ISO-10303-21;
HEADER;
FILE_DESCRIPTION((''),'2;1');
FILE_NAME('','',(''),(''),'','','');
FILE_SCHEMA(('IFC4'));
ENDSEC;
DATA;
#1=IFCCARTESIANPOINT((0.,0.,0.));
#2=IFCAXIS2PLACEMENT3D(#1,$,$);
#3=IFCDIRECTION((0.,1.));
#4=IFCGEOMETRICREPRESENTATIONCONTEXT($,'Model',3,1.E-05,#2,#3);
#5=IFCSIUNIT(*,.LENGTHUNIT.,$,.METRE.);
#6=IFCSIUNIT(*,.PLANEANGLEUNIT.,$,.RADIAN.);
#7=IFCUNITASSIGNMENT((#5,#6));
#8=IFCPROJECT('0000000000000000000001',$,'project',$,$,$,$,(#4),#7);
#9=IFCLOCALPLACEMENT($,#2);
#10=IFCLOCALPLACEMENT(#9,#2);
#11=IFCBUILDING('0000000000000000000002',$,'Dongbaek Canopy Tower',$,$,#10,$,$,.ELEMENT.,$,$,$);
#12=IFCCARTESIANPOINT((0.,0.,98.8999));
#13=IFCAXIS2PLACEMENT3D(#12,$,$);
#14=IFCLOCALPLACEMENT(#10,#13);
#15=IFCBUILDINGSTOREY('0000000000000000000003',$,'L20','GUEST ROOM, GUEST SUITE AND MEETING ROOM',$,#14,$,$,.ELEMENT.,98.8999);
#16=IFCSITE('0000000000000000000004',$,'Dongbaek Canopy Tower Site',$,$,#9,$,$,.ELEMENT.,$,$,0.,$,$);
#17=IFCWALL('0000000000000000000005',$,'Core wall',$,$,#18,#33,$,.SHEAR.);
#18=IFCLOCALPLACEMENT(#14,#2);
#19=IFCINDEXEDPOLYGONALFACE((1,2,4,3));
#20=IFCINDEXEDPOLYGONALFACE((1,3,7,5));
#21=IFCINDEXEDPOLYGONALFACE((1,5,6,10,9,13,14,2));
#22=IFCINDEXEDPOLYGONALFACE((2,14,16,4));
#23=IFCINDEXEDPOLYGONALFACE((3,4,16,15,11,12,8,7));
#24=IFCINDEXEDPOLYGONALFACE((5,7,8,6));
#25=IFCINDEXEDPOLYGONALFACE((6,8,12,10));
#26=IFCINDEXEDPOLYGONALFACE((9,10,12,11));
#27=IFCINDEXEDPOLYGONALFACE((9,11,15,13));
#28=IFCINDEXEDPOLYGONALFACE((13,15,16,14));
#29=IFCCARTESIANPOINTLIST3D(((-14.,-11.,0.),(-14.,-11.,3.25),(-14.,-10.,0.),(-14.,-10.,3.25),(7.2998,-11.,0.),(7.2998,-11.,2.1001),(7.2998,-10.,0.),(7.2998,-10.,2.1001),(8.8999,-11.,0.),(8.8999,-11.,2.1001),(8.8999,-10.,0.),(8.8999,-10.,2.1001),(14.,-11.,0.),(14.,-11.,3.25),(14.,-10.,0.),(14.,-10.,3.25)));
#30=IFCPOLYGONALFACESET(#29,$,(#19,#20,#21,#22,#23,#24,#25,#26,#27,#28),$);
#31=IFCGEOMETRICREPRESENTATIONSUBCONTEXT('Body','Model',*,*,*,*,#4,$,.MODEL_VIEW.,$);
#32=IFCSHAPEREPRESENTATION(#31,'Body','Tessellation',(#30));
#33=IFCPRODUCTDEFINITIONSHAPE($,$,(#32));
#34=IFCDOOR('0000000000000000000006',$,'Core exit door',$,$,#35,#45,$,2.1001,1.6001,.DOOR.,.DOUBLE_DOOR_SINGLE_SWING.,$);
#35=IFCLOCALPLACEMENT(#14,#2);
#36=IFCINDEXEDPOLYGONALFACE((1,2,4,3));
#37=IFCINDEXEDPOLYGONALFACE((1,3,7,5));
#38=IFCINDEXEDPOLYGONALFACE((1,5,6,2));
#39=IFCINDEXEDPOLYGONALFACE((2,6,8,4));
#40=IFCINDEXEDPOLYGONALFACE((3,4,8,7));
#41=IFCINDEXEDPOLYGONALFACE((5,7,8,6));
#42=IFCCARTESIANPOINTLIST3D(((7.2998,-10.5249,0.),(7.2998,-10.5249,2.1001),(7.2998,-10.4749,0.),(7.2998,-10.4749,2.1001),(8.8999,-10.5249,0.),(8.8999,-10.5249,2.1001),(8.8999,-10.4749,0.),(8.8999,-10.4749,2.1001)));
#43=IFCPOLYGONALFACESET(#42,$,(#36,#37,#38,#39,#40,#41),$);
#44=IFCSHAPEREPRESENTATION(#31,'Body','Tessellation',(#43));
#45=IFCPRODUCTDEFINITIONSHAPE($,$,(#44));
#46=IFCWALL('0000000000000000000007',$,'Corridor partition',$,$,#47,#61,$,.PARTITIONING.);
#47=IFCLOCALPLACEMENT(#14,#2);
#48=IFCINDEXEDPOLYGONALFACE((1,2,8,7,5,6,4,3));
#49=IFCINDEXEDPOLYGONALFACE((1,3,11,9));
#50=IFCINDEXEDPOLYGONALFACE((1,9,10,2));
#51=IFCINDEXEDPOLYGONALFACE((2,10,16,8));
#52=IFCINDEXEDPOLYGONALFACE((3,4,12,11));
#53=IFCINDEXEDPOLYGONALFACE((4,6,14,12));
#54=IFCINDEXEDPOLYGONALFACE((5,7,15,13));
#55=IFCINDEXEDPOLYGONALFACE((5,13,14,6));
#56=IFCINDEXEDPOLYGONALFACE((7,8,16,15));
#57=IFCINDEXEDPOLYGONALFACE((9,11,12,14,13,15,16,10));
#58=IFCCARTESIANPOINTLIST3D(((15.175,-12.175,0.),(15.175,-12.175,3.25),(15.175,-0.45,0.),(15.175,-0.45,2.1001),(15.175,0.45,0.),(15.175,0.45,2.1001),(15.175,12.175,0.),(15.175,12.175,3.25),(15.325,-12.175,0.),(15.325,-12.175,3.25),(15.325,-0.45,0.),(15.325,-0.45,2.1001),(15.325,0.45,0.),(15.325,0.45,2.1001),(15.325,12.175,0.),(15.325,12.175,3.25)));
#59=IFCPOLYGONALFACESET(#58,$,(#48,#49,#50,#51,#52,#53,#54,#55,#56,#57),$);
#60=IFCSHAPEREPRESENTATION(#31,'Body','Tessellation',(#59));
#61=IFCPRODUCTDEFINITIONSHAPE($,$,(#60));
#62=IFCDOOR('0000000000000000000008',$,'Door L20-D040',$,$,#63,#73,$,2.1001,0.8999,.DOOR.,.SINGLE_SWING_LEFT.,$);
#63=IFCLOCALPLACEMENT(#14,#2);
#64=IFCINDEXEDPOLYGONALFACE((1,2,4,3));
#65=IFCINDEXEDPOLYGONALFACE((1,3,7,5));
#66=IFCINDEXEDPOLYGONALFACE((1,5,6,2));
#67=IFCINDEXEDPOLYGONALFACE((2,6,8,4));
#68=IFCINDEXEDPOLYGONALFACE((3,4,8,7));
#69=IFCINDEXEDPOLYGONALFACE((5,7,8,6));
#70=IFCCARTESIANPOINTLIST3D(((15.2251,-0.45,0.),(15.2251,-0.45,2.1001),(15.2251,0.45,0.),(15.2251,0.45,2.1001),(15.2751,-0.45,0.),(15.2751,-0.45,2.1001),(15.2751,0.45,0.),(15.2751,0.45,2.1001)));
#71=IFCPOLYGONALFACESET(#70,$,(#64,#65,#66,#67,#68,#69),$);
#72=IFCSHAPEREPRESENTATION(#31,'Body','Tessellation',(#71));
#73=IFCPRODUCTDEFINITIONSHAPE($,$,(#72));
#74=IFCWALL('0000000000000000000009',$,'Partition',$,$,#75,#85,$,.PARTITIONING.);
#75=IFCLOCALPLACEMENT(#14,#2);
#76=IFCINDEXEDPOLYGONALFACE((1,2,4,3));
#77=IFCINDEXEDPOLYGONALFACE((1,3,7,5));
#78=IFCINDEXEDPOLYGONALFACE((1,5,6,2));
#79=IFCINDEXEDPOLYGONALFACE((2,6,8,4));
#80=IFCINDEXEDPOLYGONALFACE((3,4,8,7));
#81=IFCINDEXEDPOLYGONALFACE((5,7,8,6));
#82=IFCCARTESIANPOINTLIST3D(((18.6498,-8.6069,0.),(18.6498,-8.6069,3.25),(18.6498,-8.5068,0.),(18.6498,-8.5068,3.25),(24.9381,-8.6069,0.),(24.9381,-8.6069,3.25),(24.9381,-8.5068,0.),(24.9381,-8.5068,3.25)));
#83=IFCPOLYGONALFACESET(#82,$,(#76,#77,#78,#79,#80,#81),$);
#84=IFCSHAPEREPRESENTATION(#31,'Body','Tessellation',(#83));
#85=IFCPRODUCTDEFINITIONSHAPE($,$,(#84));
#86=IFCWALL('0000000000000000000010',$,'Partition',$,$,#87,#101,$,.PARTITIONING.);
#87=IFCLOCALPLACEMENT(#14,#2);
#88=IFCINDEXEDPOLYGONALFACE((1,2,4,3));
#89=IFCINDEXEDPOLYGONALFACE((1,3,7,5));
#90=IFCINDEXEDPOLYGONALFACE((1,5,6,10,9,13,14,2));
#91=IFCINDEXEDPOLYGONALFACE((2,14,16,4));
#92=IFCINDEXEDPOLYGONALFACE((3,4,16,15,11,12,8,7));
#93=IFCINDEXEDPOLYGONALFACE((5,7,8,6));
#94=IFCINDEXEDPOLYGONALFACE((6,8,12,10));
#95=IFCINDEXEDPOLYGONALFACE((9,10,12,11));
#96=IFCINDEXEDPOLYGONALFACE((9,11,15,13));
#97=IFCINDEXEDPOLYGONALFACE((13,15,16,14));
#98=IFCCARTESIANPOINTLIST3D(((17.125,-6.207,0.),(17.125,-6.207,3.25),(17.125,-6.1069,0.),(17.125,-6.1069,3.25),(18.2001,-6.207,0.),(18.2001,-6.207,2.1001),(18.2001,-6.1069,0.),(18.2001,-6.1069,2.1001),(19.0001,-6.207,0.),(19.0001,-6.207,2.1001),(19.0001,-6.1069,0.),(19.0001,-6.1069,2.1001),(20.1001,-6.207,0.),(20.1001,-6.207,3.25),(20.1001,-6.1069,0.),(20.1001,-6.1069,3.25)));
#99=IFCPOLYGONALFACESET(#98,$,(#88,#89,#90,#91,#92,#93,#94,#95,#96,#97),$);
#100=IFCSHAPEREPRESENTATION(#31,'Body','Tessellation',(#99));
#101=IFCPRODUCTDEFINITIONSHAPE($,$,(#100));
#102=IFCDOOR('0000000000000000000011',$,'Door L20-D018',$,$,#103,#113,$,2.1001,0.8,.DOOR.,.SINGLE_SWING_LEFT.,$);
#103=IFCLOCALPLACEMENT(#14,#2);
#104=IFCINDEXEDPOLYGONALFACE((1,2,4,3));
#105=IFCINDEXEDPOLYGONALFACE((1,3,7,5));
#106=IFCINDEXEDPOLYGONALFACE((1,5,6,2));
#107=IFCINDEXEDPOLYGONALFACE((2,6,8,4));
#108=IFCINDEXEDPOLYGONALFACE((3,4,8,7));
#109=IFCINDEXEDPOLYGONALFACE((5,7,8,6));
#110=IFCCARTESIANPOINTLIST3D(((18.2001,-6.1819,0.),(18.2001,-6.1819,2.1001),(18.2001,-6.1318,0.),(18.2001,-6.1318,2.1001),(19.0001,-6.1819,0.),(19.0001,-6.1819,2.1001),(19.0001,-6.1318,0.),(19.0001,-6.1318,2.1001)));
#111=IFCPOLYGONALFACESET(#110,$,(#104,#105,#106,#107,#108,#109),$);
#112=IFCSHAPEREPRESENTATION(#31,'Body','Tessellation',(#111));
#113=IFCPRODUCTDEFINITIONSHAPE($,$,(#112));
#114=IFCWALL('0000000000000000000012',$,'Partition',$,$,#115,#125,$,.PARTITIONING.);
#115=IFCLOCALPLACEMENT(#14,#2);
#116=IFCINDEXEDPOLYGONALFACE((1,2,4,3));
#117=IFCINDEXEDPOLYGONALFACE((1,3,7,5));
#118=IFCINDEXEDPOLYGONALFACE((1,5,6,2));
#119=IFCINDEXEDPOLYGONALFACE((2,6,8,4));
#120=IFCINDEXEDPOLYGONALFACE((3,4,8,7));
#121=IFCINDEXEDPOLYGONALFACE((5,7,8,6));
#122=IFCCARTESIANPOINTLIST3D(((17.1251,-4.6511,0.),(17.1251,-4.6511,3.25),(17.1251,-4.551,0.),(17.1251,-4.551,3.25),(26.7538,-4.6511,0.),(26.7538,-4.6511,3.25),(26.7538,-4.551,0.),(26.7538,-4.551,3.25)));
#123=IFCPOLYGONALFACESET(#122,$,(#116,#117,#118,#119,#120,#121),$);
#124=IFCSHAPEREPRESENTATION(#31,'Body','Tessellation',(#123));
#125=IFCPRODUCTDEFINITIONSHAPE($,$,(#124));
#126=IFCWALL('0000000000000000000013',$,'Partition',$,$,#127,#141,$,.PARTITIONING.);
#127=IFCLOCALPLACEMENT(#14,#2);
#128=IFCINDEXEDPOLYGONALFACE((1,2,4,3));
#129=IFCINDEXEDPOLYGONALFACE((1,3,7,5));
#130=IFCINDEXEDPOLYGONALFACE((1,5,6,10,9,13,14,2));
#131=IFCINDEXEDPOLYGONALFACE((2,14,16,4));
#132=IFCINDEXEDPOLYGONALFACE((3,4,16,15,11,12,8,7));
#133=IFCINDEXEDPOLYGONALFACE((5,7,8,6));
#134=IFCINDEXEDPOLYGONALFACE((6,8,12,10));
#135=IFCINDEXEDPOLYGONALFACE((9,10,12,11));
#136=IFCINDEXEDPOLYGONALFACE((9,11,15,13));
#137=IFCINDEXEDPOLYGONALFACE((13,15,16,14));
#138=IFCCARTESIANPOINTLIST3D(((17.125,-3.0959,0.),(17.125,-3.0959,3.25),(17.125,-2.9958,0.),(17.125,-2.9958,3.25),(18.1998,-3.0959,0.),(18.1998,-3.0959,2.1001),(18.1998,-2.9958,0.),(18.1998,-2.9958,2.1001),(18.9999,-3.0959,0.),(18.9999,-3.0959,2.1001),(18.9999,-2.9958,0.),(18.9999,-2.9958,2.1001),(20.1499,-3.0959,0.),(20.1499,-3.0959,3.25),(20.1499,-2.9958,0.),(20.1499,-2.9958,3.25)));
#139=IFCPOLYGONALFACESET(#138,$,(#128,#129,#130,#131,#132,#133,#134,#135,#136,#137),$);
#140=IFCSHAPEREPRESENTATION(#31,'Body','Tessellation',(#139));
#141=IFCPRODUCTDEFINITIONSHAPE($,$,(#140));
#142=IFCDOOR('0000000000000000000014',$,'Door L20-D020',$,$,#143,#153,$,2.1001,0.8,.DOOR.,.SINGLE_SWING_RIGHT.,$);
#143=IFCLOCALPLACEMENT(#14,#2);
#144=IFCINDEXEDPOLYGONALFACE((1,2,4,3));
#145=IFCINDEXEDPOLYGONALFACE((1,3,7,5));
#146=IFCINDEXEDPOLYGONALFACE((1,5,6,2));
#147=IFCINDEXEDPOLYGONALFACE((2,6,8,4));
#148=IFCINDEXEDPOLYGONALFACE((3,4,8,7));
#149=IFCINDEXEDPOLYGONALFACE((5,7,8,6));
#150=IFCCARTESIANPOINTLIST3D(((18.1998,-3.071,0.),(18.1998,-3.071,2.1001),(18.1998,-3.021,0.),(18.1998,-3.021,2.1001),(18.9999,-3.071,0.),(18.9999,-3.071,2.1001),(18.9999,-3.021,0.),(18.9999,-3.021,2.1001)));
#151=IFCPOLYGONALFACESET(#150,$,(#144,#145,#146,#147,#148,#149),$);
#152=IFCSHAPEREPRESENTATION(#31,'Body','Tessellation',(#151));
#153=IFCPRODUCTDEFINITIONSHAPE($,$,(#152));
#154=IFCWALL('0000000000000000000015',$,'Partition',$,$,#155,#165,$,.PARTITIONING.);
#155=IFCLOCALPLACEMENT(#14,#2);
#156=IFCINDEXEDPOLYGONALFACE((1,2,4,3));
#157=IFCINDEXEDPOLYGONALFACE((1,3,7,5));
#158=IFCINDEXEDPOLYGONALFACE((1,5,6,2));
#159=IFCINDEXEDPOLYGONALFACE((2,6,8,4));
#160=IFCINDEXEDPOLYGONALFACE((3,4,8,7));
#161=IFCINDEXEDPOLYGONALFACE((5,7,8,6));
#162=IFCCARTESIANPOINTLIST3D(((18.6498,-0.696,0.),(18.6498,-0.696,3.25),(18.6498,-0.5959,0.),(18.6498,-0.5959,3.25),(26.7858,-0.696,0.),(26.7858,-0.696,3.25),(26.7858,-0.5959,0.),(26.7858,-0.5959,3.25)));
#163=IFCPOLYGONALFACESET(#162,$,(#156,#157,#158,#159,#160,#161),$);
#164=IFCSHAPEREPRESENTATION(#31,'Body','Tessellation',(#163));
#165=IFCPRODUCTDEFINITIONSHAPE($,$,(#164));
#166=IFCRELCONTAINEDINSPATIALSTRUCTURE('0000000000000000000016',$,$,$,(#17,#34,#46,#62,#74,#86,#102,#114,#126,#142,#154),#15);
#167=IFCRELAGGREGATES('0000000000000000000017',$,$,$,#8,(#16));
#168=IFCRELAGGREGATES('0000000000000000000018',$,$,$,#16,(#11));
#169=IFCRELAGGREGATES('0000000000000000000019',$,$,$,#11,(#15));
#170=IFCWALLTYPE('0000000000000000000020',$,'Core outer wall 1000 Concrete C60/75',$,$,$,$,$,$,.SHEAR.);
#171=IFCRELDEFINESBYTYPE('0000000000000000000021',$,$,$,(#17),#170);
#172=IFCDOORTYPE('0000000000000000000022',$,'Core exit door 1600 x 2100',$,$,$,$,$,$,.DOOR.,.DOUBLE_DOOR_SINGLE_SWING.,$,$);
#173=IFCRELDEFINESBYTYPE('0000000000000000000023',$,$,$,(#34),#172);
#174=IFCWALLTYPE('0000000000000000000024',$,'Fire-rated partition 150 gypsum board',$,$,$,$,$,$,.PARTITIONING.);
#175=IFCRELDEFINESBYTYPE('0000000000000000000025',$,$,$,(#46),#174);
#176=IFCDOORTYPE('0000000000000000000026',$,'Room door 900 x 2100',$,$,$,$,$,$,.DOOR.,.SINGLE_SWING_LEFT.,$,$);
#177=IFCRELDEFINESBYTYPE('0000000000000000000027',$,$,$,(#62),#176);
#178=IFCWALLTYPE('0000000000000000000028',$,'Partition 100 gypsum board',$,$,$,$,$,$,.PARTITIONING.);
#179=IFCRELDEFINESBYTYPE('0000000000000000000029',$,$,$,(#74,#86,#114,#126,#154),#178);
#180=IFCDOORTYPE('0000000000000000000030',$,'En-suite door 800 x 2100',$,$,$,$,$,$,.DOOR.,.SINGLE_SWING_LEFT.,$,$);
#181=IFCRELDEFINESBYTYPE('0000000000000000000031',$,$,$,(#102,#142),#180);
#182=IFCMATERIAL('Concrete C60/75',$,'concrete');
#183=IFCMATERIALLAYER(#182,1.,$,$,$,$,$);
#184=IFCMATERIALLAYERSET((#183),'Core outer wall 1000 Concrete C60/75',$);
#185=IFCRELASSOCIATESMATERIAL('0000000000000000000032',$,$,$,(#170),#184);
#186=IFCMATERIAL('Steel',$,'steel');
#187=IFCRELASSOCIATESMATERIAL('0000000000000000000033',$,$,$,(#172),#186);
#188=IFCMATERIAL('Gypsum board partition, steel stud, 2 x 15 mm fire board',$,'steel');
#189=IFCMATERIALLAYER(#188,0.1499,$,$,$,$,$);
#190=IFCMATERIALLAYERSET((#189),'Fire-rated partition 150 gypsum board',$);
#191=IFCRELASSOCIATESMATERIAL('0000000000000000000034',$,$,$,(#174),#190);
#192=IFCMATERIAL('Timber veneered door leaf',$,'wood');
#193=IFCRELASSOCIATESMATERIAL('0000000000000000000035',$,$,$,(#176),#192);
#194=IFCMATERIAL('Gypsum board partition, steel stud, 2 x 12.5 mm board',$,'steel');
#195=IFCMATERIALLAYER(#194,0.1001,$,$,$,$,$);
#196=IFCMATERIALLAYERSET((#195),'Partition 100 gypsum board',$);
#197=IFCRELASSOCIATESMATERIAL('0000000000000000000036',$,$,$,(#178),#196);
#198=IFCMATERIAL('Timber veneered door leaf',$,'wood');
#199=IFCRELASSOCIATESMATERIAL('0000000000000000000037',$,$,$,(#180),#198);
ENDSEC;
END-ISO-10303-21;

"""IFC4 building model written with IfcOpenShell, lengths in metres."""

from ifc_helpers import new_model, si_unit, direction, frame, frame_2d, origin, place, context, subcontext, project, spatial, rectangle, extrude, material, layer, layer_set, type_object, element, fill, save


model = new_model("IFC4")

# Units and contexts
model_context = context("Model", 3, precision=1e-05, world=origin(), true_north=direction((0.0, 1.0)))
body_context = subcontext(model_context, "Body", "Model", "MODEL_VIEW")
ifc_project = project(units=[si_unit("LENGTHUNIT", "METRE"), si_unit("PLANEANGLEUNIT", "RADIAN")], contexts=[model_context])

# Site, building, storey
site_placement = place(None, origin())
site = spatial("IfcSite", under=ifc_project, at=site_placement, Name="Dongbaek Canopy Tower Site", CompositionType="ELEMENT", RefElevation=0.0)
building_placement = place(site_placement, origin())
building = spatial("IfcBuilding", under=site, at=building_placement, Name="Dongbaek Canopy Tower", CompositionType="ELEMENT")
storey_placement = place(building_placement, frame((0.0, 0.0, 98.8999)))
storey = spatial("IfcBuildingStorey", under=building, at=storey_placement, Name="L20", Description="GUEST ROOM, GUEST SUITE AND MEETING ROOM", CompositionType="ELEMENT", Elevation=98.8999)

# Walls, openings, doors
ifc_material_1 = material(Name="Concrete C60/75", Category="concrete")
ifc_layer_1 = layer(ifc_material_1, 1.0)
ifc_layer_set_1 = layer_set([ifc_layer_1], Name="Core outer wall 1000 Concrete C60/75")
wall_type_1 = type_object("IfcWallType", Name="Core outer wall 1000 Concrete C60/75", PredefinedType="SHEAR", material=ifc_layer_set_1)
wall_1_placement = place(storey_placement, frame((14.0, -10.5, 0.0), z_axis=(0.0, 0.0, 1.0), x_axis=(-1.0, 0.0, 0.0)))
wall_1 = element("IfcWall", 1, at=wall_1_placement, inside=storey, type_object=wall_type_1, Name="Core wall", PredefinedType="SHEAR", context=body_context, shape_type="SweptSolid", body=[
    extrude(rectangle(XDim=28.0, YDim=1.0, at=frame_2d((14.0, 0.0))), origin(), (0.0, 0.0, 1.0), 3.25),
])
opening_1_placement = place(wall_1_placement, frame((5.1001, 0.0, 0.0)))
opening_1 = element("IfcOpeningElement", 2, at=opening_1_placement, cuts=wall_1, PredefinedType="OPENING", context=body_context, shape_type="SweptSolid", body=[
    extrude(rectangle(XDim=1.6001, YDim=2.1001, at=frame_2d((0.8, 1.05))), frame((0.0, 0.51, 0.0), z_axis=(0.0, -1.0, 0.0), x_axis=(1.0, 0.0, 0.0)), (0.0, 0.0, 1.0), 1.02),
])
ifc_material_2 = material(Name="Steel", Category="steel")
door_type_1 = type_object("IfcDoorType", Name="Core exit door 1600 x 2100", OperationType="DOUBLE_DOOR_SINGLE_SWING", PredefinedType="DOOR", material=ifc_material_2)
door_1_placement = place(opening_1_placement, origin())
door_1 = element("IfcDoor", 3, at=door_1_placement, inside=storey, type_object=door_type_1, Name="Core exit door", OperationType="DOUBLE_DOOR_SINGLE_SWING", OverallHeight=2.1001, OverallWidth=1.6001, PredefinedType="DOOR", context=body_context, shape_type="SweptSolid", body=[
    extrude(rectangle(XDim=1.6001, YDim=2.1001, at=frame_2d((0.8, 1.05))), frame((0.0, 0.0249, 0.0), z_axis=(0.0, -1.0, 0.0), x_axis=(1.0, 0.0, 0.0)), (0.0, 0.0, 1.0), 0.05),
])
fill(opening_1, door_1)
ifc_material_3 = material(Name="Gypsum board partition, steel stud, 2 x 15 mm fire board", Category="steel")
ifc_layer_2 = layer(ifc_material_3, 0.1499)
ifc_layer_set_2 = layer_set([ifc_layer_2], Name="Fire-rated partition 150 gypsum board")
wall_type_2 = type_object("IfcWallType", Name="Fire-rated partition 150 gypsum board", PredefinedType="PARTITIONING", material=ifc_layer_set_2)
wall_2_placement = place(storey_placement, frame((15.25, -12.175, 0.0), z_axis=(0.0, 0.0, 1.0), x_axis=(0.0, 1.0, 0.0)))
wall_2 = element("IfcWall", 4, at=wall_2_placement, inside=storey, type_object=wall_type_2, Name="Corridor partition", PredefinedType="PARTITIONING", context=body_context, shape_type="SweptSolid", body=[
    extrude(rectangle(XDim=24.3501, YDim=0.1499, at=frame_2d((12.175, 0.0))), origin(), (0.0, 0.0, 1.0), 3.25),
])
opening_2_placement = place(wall_2_placement, frame((11.7251, 0.0, 0.0)))
opening_2 = element("IfcOpeningElement", 5, at=opening_2_placement, cuts=wall_2, PredefinedType="OPENING", context=body_context, shape_type="SweptSolid", body=[
    extrude(rectangle(XDim=0.8999, YDim=2.1001, at=frame_2d((0.45, 1.05))), frame((0.0, 0.085, 0.0), z_axis=(0.0, -1.0, 0.0), x_axis=(1.0, 0.0, 0.0)), (0.0, 0.0, 1.0), 0.1699),
])
ifc_material_4 = material(Name="Timber veneered door leaf", Category="wood")
door_type_2 = type_object("IfcDoorType", Name="Room door 900 x 2100", OperationType="SINGLE_SWING_LEFT", PredefinedType="DOOR", material=ifc_material_4)
door_2_placement = place(opening_2_placement, origin())
door_2 = element("IfcDoor", 6, at=door_2_placement, inside=storey, type_object=door_type_2, Name="Door L20-D040", OperationType="SINGLE_SWING_LEFT", OverallHeight=2.1001, OverallWidth=0.8999, PredefinedType="DOOR", context=body_context, shape_type="SweptSolid", body=[
    extrude(rectangle(XDim=0.8999, YDim=2.1001, at=frame_2d((0.45, 1.05))), frame((0.0, 0.0249, 0.0), z_axis=(0.0, -1.0, 0.0), x_axis=(1.0, 0.0, 0.0)), (0.0, 0.0, 1.0), 0.05),
])
fill(opening_2, door_2)

# Wall
ifc_material_5 = material(Name="Gypsum board partition, steel stud, 2 x 12.5 mm board", Category="steel")
ifc_layer_3 = layer(ifc_material_5, 0.1001)
ifc_layer_set_3 = layer_set([ifc_layer_3], Name="Partition 100 gypsum board")
wall_type_3 = type_object("IfcWallType", Name="Partition 100 gypsum board", PredefinedType="PARTITIONING", material=ifc_layer_set_3)
wall_3_placement = place(storey_placement, frame((18.6499, -8.5569, 0.0), z_axis=(0.0, 0.0, 1.0), x_axis=(1.0, 0.0, 0.0)))
element("IfcWall", 7, at=wall_3_placement, inside=storey, type_object=wall_type_3, Name="Partition", PredefinedType="PARTITIONING", context=body_context, shape_type="SweptSolid", body=[
    extrude(rectangle(XDim=6.2883, YDim=0.1001, at=frame_2d((3.144, 0.0))), origin(), (0.0, 0.0, 1.0), 3.25),
])

# Wall, opening, door
wall_4_placement = place(storey_placement, frame((20.1001, -6.157, 0.0), z_axis=(0.0, 0.0, 1.0), x_axis=(-1.0, 0.0, 0.0)))
wall_4 = element("IfcWall", 8, at=wall_4_placement, inside=storey, type_object=wall_type_3, Name="Partition", PredefinedType="PARTITIONING", context=body_context, shape_type="SweptSolid", body=[
    extrude(rectangle(XDim=2.9751, YDim=0.1001, at=frame_2d((1.4875, 0.0))), origin(), (0.0, 0.0, 1.0), 3.25),
])
opening_3_placement = place(wall_4_placement, frame((1.1001, 0.0, 0.0)))
opening_3 = element("IfcOpeningElement", 9, at=opening_3_placement, cuts=wall_4, PredefinedType="OPENING", context=body_context, shape_type="SweptSolid", body=[
    extrude(rectangle(XDim=0.8, YDim=2.1001, at=frame_2d((0.3999, 1.05))), frame((0.0, 0.0601, 0.0), z_axis=(0.0, -1.0, 0.0), x_axis=(1.0, 0.0, 0.0)), (0.0, 0.0, 1.0), 0.1201),
])
ifc_material_6 = material(Name="Timber veneered door leaf", Category="wood")
door_type_3 = type_object("IfcDoorType", Name="En-suite door 800 x 2100", OperationType="SINGLE_SWING_LEFT", PredefinedType="DOOR", material=ifc_material_6)
door_3_placement = place(opening_3_placement, origin())
door_3 = element("IfcDoor", 10, at=door_3_placement, inside=storey, type_object=door_type_3, Name="Door L20-D018", OperationType="SINGLE_SWING_LEFT", OverallHeight=2.1001, OverallWidth=0.8, PredefinedType="DOOR", context=body_context, shape_type="SweptSolid", body=[
    extrude(rectangle(XDim=0.8, YDim=2.1001, at=frame_2d((0.3999, 1.05))), frame((0.0, 0.0249, 0.0), z_axis=(0.0, -1.0, 0.0), x_axis=(1.0, 0.0, 0.0)), (0.0, 0.0, 1.0), 0.05),
])
fill(opening_3, door_3)

# Wall
wall_5_placement = place(storey_placement, frame((17.125, -4.6011, 0.0), z_axis=(0.0, 0.0, 1.0), x_axis=(1.0, 0.0, 0.0)))
element("IfcWall", 11, at=wall_5_placement, inside=storey, type_object=wall_type_3, Name="Partition", PredefinedType="PARTITIONING", context=body_context, shape_type="SweptSolid", body=[
    extrude(rectangle(XDim=9.6287, YDim=0.1001, at=frame_2d((4.8145, 0.0))), origin(), (0.0, 0.0, 1.0), 3.25),
])

# Wall, opening, door
wall_6_placement = place(storey_placement, frame((17.125, -3.0459, 0.0), z_axis=(0.0, 0.0, 1.0), x_axis=(1.0, 0.0, 0.0)))
wall_6 = element("IfcWall", 12, at=wall_6_placement, inside=storey, type_object=wall_type_3, Name="Partition", PredefinedType="PARTITIONING", context=body_context, shape_type="SweptSolid", body=[
    extrude(rectangle(XDim=3.0249, YDim=0.1001, at=frame_2d((1.5125, 0.0))), origin(), (0.0, 0.0, 1.0), 3.25),
])
opening_4_placement = place(wall_6_placement, frame((1.075, 0.0, 0.0)))
opening_4 = element("IfcOpeningElement", 13, at=opening_4_placement, cuts=wall_6, PredefinedType="OPENING", context=body_context, shape_type="SweptSolid", body=[
    extrude(rectangle(XDim=0.8, YDim=2.1001, at=frame_2d((0.3999, 1.05))), frame((0.0, 0.0601, 0.0), z_axis=(0.0, -1.0, 0.0), x_axis=(1.0, 0.0, 0.0)), (0.0, 0.0, 1.0), 0.1201),
])
door_4_placement = place(opening_4_placement, origin())
door_4 = element("IfcDoor", 14, at=door_4_placement, inside=storey, type_object=door_type_3, Name="Door L20-D020", OperationType="SINGLE_SWING_RIGHT", OverallHeight=2.1001, OverallWidth=0.8, PredefinedType="DOOR", context=body_context, shape_type="SweptSolid", body=[
    extrude(rectangle(XDim=0.8, YDim=2.1001, at=frame_2d((0.3999, 1.05))), frame((0.0, 0.0249, 0.0), z_axis=(0.0, -1.0, 0.0), x_axis=(1.0, 0.0, 0.0)), (0.0, 0.0, 1.0), 0.05),
])
fill(opening_4, door_4)

# Wall
wall_7_placement = place(storey_placement, frame((18.6499, -0.646, 0.0), z_axis=(0.0, 0.0, 1.0), x_axis=(1.0, 0.0, 0.0)))
element("IfcWall", 15, at=wall_7_placement, inside=storey, type_object=wall_type_3, Name="Partition", PredefinedType="PARTITIONING", context=body_context, shape_type="SweptSolid", body=[
    extrude(rectangle(XDim=8.136, YDim=0.1001, at=frame_2d((4.0679, 0.0))), origin(), (0.0, 0.0, 1.0), 3.25),
])

save(model, "model.ifc")
